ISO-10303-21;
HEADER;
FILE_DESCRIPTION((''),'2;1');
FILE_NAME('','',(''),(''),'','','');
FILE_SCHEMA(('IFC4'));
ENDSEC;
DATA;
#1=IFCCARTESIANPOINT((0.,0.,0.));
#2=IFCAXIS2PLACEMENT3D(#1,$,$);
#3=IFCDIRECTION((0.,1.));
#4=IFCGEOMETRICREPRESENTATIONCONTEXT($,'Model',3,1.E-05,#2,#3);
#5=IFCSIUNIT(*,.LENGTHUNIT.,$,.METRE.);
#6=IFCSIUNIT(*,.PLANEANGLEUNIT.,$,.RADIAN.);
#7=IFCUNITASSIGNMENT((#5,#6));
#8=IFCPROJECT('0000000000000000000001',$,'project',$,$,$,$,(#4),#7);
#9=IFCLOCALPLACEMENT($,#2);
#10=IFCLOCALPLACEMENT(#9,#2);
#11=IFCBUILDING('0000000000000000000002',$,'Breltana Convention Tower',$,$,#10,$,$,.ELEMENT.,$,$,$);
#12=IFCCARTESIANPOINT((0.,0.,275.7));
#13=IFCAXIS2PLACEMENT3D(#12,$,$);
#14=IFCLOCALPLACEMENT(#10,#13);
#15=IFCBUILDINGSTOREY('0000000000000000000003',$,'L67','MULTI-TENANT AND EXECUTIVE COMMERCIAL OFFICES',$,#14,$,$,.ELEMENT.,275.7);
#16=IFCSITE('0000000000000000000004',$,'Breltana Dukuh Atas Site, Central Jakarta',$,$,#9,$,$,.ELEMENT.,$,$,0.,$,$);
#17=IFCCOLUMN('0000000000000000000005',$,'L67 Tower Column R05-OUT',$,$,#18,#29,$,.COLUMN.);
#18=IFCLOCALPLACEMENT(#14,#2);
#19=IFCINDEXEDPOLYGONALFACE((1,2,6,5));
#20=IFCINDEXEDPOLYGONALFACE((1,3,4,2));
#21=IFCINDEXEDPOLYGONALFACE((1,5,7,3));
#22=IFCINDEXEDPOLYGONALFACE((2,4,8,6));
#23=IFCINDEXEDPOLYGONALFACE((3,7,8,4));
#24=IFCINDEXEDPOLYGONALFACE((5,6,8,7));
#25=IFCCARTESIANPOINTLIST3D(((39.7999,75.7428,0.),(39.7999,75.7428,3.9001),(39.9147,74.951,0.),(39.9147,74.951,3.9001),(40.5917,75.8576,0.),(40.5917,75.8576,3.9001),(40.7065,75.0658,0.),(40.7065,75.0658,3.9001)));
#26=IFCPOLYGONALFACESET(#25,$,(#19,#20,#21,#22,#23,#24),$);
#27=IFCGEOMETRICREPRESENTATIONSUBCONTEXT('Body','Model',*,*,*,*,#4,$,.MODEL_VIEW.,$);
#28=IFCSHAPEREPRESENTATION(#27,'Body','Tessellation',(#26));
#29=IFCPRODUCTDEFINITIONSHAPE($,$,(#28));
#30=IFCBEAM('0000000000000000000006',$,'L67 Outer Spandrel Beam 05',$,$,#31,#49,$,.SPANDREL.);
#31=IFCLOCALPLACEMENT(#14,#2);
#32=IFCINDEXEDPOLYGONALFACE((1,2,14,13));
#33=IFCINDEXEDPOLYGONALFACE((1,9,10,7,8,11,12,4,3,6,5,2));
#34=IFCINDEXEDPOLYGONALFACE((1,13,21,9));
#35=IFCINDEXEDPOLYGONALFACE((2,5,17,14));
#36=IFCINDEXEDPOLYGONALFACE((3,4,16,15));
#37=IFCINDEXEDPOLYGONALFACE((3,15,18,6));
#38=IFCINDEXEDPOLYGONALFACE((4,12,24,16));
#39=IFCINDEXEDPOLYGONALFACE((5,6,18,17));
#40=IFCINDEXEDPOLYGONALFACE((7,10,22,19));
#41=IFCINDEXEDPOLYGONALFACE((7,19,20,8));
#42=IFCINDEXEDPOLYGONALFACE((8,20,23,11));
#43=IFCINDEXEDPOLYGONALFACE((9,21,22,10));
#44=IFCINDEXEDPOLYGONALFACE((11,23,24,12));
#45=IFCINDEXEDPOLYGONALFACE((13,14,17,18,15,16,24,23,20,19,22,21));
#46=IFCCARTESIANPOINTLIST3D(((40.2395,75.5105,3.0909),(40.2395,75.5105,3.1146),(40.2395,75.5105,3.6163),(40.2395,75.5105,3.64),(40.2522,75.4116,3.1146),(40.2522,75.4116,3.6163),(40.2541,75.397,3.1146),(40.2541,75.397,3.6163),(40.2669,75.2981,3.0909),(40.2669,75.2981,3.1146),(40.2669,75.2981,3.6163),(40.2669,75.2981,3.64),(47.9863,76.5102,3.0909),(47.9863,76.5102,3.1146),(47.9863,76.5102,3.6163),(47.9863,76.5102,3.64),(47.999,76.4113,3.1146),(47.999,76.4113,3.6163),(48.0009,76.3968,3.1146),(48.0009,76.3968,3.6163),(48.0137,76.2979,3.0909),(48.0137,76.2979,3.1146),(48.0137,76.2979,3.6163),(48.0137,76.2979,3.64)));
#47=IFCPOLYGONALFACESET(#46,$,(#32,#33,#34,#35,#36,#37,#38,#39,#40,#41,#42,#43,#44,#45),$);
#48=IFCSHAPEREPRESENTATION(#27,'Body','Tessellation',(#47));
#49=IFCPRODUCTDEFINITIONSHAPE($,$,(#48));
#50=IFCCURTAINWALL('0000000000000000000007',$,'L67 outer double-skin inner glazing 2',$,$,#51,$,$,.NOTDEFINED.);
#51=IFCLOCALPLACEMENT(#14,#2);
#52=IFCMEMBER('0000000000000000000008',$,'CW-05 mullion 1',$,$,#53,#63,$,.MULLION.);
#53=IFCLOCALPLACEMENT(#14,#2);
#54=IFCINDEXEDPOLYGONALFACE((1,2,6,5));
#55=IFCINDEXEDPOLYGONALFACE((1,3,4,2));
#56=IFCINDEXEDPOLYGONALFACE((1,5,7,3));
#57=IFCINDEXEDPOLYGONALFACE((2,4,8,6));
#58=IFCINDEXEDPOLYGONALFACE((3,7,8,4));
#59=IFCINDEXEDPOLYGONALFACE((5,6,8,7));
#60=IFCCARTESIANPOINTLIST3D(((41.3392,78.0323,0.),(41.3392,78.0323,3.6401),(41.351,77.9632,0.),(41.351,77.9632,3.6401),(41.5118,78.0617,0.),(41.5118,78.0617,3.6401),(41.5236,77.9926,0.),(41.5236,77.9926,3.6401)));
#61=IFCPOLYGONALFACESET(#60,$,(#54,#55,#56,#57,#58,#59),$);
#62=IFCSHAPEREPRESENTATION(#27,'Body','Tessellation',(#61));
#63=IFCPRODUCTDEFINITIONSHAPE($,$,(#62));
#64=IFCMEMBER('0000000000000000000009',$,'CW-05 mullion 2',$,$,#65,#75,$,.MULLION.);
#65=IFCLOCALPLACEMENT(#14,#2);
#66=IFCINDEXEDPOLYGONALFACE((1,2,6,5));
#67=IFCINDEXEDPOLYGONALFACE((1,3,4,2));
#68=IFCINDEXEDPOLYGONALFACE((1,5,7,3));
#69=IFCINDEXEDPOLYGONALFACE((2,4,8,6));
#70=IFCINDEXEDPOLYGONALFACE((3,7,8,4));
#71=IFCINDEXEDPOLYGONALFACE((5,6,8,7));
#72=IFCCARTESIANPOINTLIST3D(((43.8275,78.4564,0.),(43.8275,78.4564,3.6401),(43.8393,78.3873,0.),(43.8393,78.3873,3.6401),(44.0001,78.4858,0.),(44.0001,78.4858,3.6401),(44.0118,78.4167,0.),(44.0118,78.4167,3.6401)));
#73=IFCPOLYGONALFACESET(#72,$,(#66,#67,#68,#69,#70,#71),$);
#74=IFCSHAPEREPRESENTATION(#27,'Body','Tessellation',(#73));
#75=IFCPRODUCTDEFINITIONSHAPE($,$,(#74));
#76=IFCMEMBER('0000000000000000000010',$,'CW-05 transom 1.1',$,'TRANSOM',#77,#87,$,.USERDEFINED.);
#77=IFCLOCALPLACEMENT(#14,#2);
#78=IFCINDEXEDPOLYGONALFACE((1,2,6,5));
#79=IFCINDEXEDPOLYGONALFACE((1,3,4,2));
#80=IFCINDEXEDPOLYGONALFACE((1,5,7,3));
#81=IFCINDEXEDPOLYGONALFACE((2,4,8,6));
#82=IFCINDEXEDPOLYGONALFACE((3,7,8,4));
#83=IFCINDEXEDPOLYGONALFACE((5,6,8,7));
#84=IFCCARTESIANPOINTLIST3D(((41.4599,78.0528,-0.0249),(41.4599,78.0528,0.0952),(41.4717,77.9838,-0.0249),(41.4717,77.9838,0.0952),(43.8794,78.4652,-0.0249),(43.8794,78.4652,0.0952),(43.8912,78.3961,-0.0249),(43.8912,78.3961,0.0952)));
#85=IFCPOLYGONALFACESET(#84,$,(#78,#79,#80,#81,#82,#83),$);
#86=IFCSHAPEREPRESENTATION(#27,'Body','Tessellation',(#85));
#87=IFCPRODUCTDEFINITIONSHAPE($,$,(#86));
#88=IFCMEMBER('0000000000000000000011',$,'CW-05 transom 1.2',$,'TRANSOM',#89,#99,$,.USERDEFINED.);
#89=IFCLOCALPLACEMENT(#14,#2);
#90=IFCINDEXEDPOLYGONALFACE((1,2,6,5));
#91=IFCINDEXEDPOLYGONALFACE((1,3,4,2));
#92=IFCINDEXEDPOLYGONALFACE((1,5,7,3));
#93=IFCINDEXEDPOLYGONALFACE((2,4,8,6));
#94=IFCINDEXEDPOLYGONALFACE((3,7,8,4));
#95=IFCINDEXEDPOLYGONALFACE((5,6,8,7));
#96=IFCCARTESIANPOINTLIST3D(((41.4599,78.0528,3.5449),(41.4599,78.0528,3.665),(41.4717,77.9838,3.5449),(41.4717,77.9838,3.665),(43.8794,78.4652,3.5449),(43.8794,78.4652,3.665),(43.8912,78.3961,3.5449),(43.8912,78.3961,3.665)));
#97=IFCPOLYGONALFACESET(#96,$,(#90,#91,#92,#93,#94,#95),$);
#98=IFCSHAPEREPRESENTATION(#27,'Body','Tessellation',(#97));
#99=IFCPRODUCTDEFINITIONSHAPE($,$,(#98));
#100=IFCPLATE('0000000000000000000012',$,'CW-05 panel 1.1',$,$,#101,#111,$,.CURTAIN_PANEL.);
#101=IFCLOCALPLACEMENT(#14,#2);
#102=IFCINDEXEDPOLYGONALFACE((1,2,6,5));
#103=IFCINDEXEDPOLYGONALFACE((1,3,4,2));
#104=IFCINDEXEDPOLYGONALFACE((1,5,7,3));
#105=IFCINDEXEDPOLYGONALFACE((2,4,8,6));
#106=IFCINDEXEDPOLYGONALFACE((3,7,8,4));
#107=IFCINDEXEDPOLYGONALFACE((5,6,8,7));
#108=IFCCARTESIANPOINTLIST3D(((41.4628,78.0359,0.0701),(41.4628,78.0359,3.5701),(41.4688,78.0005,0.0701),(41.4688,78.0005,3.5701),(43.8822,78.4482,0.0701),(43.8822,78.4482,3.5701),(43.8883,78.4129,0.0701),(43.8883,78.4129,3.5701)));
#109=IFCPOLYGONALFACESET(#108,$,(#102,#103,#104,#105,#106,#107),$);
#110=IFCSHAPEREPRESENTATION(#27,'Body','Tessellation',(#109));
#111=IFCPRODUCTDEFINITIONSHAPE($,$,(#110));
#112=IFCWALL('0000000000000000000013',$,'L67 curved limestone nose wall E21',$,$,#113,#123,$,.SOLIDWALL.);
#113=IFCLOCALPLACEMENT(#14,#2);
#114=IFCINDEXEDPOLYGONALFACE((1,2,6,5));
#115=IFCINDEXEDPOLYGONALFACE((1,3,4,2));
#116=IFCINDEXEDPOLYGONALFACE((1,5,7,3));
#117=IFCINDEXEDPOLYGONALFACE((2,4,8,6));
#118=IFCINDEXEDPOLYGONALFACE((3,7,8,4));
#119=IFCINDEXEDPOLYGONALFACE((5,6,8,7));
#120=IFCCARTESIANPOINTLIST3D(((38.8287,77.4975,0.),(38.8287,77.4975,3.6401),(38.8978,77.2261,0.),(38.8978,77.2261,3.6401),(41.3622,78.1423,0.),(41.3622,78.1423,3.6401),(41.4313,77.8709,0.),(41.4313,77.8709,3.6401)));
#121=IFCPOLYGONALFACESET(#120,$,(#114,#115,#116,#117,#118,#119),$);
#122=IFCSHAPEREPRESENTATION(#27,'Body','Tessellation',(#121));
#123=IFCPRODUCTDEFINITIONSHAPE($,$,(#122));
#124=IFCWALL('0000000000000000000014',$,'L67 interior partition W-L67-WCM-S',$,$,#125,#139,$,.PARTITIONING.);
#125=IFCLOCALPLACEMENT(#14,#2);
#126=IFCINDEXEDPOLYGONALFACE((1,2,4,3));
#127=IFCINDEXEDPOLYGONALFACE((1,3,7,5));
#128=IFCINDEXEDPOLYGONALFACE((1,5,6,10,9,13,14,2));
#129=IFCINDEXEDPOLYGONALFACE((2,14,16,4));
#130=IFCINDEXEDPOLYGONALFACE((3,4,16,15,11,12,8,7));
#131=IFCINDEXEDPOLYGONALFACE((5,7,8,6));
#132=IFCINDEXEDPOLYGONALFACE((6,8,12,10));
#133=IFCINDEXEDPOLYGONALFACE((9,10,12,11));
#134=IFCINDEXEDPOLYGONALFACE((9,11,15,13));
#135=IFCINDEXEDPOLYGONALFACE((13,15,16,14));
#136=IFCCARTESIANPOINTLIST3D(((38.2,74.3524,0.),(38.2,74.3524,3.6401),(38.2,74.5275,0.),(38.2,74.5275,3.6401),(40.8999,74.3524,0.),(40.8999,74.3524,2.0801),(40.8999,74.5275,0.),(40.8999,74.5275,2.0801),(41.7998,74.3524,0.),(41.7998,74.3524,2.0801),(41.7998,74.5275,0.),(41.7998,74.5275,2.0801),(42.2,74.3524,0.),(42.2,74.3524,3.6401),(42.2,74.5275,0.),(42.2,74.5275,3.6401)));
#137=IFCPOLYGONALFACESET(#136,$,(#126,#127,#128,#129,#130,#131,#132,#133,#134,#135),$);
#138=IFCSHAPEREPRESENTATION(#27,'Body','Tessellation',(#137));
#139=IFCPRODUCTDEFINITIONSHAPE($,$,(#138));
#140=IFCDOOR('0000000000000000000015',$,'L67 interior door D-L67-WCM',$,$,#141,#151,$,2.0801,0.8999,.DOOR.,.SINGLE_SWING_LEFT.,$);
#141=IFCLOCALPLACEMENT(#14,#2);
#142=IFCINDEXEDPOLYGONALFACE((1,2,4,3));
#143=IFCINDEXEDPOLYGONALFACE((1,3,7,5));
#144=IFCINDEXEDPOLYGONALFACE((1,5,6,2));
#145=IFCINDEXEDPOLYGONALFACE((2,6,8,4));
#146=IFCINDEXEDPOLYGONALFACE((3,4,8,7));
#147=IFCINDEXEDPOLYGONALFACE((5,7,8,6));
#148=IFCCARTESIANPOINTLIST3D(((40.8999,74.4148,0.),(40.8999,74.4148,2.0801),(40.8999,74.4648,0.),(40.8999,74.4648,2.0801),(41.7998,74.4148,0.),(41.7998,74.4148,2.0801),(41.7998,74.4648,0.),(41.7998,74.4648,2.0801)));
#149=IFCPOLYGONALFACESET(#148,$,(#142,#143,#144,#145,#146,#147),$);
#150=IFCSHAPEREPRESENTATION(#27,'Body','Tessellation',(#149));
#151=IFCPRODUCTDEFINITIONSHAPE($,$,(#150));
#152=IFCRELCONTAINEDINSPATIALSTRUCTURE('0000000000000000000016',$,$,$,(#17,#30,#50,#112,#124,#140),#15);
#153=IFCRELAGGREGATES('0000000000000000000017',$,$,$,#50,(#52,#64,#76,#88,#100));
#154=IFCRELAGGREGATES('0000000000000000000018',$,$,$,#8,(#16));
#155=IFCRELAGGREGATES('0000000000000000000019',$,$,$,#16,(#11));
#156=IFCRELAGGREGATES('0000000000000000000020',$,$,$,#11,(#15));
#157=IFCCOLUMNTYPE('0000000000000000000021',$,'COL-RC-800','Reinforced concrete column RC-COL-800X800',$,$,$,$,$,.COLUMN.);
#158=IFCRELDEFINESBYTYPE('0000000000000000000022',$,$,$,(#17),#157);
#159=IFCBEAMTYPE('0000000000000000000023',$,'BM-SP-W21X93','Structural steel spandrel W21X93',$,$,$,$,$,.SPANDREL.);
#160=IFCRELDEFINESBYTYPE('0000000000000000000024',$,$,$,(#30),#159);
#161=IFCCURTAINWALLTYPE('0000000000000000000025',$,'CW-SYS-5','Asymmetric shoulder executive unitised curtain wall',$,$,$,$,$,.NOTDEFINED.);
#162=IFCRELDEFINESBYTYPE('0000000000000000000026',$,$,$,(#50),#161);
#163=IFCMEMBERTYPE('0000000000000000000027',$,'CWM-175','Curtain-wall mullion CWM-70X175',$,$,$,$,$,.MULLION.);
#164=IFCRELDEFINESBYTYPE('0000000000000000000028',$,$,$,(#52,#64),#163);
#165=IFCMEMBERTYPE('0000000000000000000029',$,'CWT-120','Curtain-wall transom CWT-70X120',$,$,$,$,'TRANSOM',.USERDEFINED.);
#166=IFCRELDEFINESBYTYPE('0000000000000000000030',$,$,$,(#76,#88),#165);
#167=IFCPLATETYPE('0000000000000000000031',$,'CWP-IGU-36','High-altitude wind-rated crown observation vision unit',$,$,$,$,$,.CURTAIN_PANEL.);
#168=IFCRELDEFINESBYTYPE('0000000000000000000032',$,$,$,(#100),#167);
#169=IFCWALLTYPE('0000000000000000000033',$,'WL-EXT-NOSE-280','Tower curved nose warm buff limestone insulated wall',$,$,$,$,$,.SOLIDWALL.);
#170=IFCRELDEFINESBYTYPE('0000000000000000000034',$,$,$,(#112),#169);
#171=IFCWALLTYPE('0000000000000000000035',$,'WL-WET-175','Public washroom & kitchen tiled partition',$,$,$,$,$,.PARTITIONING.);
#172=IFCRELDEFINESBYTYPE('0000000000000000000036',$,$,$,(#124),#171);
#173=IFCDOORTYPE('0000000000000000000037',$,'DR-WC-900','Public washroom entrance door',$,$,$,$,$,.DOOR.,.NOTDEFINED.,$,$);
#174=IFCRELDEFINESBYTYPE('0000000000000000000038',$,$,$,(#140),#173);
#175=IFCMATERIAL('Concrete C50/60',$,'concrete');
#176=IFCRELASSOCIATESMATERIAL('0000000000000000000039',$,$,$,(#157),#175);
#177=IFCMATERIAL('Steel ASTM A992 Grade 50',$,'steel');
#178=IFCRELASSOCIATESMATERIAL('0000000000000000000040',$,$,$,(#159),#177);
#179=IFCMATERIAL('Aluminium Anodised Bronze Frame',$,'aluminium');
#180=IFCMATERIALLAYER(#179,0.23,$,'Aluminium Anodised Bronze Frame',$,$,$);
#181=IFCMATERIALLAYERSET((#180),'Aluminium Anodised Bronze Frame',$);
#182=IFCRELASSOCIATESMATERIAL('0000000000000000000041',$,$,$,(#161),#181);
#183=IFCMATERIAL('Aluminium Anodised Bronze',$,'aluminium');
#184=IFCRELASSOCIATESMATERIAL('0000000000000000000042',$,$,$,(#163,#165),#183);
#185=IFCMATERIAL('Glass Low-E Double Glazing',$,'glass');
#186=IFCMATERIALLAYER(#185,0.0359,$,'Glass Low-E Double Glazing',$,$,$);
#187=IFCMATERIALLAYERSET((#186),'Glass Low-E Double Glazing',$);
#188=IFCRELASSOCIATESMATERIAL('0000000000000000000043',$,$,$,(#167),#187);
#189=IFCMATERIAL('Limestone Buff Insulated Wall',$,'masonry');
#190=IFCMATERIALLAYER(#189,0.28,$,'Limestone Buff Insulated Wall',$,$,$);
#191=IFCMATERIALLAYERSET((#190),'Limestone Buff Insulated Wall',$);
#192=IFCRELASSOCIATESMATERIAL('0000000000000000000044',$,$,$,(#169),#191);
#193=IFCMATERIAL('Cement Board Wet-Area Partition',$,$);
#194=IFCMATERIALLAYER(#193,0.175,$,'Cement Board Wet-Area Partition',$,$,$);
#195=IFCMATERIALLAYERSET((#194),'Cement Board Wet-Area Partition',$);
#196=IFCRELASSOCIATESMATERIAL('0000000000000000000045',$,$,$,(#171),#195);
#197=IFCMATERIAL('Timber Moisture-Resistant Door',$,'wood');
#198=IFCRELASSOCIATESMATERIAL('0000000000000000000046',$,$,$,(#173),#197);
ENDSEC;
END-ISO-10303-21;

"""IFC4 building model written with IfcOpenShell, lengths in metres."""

from ifc_helpers import new_model, si_unit, direction, frame, frame_2d, origin, origin_2d, place, context, subcontext, project, spatial, rectangle, i_section, extrude, source, transform, mapped, material, layer, layer_set, material_profile, profile_set, type_object, type_shapes, element, fill, aggregate, save


model = new_model("IFC4")

# Units and contexts
model_context = context("Model", 3, precision=1e-05, world=origin(), true_north=direction((0.0, 1.0)))
body_context = subcontext(model_context, "Body", "Model", "MODEL_VIEW")
ifc_project = project(units=[si_unit("LENGTHUNIT", "METRE"), si_unit("PLANEANGLEUNIT", "RADIAN")], contexts=[model_context])

# Site, building, storey
site_placement = place(None, origin())
site = spatial("IfcSite", under=ifc_project, at=site_placement, Name="Breltana Dukuh Atas Site, Central Jakarta", CompositionType="ELEMENT", RefElevation=0.0)
building_placement = place(site_placement, origin())
building = spatial("IfcBuilding", under=site, at=building_placement, Name="Breltana Convention Tower", CompositionType="ELEMENT")
storey_placement = place(building_placement, frame((0.0, 0.0, 275.7)))
storey = spatial("IfcBuildingStorey", under=building, at=storey_placement, Name="L67", Description="MULTI-TENANT AND EXECUTIVE COMMERCIAL OFFICES", CompositionType="ELEMENT", Elevation=275.7)

# Column
ifc_material_1 = material(Name="Concrete C50/60", Category="concrete")
ifc_material_profile_1 = material_profile(ifc_material_1, rectangle(XDim=0.8, YDim=0.8, at=origin_2d()), Name="RC-COL-800X800")
ifc_profile_set_1 = profile_set([ifc_material_profile_1], Name="Concrete C50/60")
column_type = type_object("IfcColumnType", Name="COL-RC-800", Description="Reinforced concrete column RC-COL-800X800", PredefinedType="COLUMN", material=ifc_profile_set_1)
shared_shape_1 = source(origin(), body_context, "Body", "SweptSolid", [
    extrude(rectangle(XDim=0.8, YDim=0.8, at=origin_2d()), origin(), (0.0, 0.0, 1.0), 3.9001),
])
column_placement = place(storey_placement, frame((40.2532, 75.4043, 0.0), z_axis=(0.0, 0.0, 1.0), x_axis=(-0.143493, 0.989651, 0.0)))
element("IfcColumn", 1, at=column_placement, inside=storey, type_object=column_type, Name="L67 Tower Column R05-OUT", PredefinedType="COLUMN", context=body_context, shape_type="MappedRepresentation", body=[
    mapped(shared_shape_1, transform((0.0, 0.0, 0.0), scale=1.0)),
])

# Beam
ifc_material_2 = material(Name="Steel ASTM A992 Grade 50", Category="steel")
ifc_material_profile_2 = material_profile(ifc_material_2, i_section(OverallWidth=0.2141, OverallDepth=0.5491, WebThickness=0.0146, FlangeThickness=0.0237, at=origin_2d()), Name="W21X93")
ifc_profile_set_2 = profile_set([ifc_material_profile_2], Name="Steel ASTM A992 Grade 50")
beam_type = type_object("IfcBeamType", Name="BM-SP-W21X93", Description="Structural steel spandrel W21X93", PredefinedType="SPANDREL", material=ifc_profile_set_2)
shared_shape_2 = source(origin(), body_context, "Body", "SweptSolid", [
    extrude(i_section(OverallWidth=0.2141, OverallDepth=0.5491, WebThickness=0.0146, FlangeThickness=0.0237, at=origin_2d()), origin(), (0.0, 0.0, 1.0), 7.811),
])
beam_placement = place(storey_placement, frame((40.2532, 75.4043, 3.3655), z_axis=(0.991775, 0.127992, 0.0), x_axis=(-0.127992, 0.991775, 0.0)))
element("IfcBeam", 2, at=beam_placement, inside=storey, type_object=beam_type, Name="L67 Outer Spandrel Beam 05", PredefinedType="SPANDREL", context=body_context, shape_type="MappedRepresentation", body=[
    mapped(shared_shape_2, transform((0.0, 0.0, 0.0), scale=1.0)),
])

# Curtain wall, members, plate
ifc_material_3 = material(Name="Aluminium Anodised Bronze Frame", Category="aluminium")
ifc_layer_1 = layer(ifc_material_3, 0.23, Name="Aluminium Anodised Bronze Frame")
ifc_layer_set_1 = layer_set([ifc_layer_1], Name="Aluminium Anodised Bronze Frame")
curtain_wall_type = type_object("IfcCurtainWallType", Name="CW-SYS-5", Description="Asymmetric shoulder executive unitised curtain wall", PredefinedType="NOTDEFINED", material=ifc_layer_set_1)
curtain_wall_placement = place(storey_placement, origin())
curtain_wall = element("IfcCurtainWall", 3, at=curtain_wall_placement, inside=storey, type_object=curtain_wall_type, Name="L67 outer double-skin inner glazing 2", PredefinedType="NOTDEFINED")
ifc_material_4 = material(Name="Aluminium Anodised Bronze", Category="aluminium")
ifc_material_profile_3 = material_profile(ifc_material_4, rectangle(XDim=0.0701, YDim=0.175, at=origin_2d()), Name="CWM-70X175")
ifc_profile_set_3 = profile_set([ifc_material_profile_3], Name="Aluminium Anodised Bronze")
member_type_1 = type_object("IfcMemberType", Name="CWM-175", Description="Curtain-wall mullion CWM-70X175", PredefinedType="MULLION", material=ifc_profile_set_3)
shared_shape_3 = source(origin(), body_context, "Body", "SweptSolid", [
    extrude(rectangle(XDim=0.0701, YDim=0.175, at=origin_2d()), origin(), (0.0, 0.0, 1.0), 3.6401),
])
member_1_placement = place(storey_placement, frame((41.4314, 78.0125, 0.0), z_axis=(0.0, 0.0, 1.0), x_axis=(-0.168017, 0.985784, 0.0)))
member_1 = element("IfcMember", 4, at=member_1_placement, type_object=member_type_1, Name="CW-05 mullion 1", PredefinedType="MULLION", context=body_context, shape_type="MappedRepresentation", body=[
    mapped(shared_shape_3, transform((0.0, 0.0, 0.0), scale=1.0)),
])
member_2_placement = place(storey_placement, frame((43.9197, 78.4365, 0.0), z_axis=(0.0, 0.0, 1.0), x_axis=(-0.168017, 0.985784, 0.0)))
member_2 = element("IfcMember", 5, at=member_2_placement, type_object=member_type_1, Name="CW-05 mullion 2", PredefinedType="MULLION", context=body_context, shape_type="MappedRepresentation", body=[
    mapped(shared_shape_3, transform((0.0, 0.0, 0.0), scale=1.0)),
])
ifc_material_profile_4 = material_profile(ifc_material_4, rectangle(XDim=0.0701, YDim=0.1201, at=origin_2d()), Name="CWT-70X120")
ifc_profile_set_4 = profile_set([ifc_material_profile_4], Name="Aluminium Anodised Bronze")
member_type_2 = type_object("IfcMemberType", Name="CWT-120", Description="Curtain-wall transom CWT-70X120", ElementType="TRANSOM", PredefinedType="USERDEFINED", material=ifc_profile_set_4)
shared_shape_4 = source(origin(), body_context, "Body", "SweptSolid", [
    extrude(rectangle(XDim=0.0701, YDim=0.1201, at=origin_2d()), origin(), (0.0, 0.0, 1.0), 2.4543),
])
member_3_placement = place(storey_placement, frame((41.4658, 78.0183, 0.0352), z_axis=(0.985785, 0.168011, 0.0), x_axis=(-0.168011, 0.985785, 0.0)))
member_3 = element("IfcMember", 6, at=member_3_placement, type_object=member_type_2, Name="CW-05 transom 1.1", ObjectType="TRANSOM", PredefinedType="USERDEFINED", context=body_context, shape_type="MappedRepresentation", body=[
    mapped(shared_shape_4, transform((0.0, 0.0, 0.0), scale=1.0)),
])
member_4_placement = place(storey_placement, frame((41.4658, 78.0183, 3.605), z_axis=(0.985785, 0.168011, 0.0), x_axis=(-0.168011, 0.985785, 0.0)))
member_4 = element("IfcMember", 7, at=member_4_placement, type_object=member_type_2, Name="CW-05 transom 1.2", ObjectType="TRANSOM", PredefinedType="USERDEFINED", context=body_context, shape_type="MappedRepresentation", body=[
    mapped(shared_shape_4, transform((0.0, 0.0, 0.0), scale=1.0)),
])
ifc_material_5 = material(Name="Glass Low-E Double Glazing", Category="glass")
ifc_layer_2 = layer(ifc_material_5, 0.0359, Name="Glass Low-E Double Glazing")
ifc_layer_set_2 = layer_set([ifc_layer_2], Name="Glass Low-E Double Glazing")
plate_type = type_object("IfcPlateType", Name="CWP-IGU-36", Description="High-altitude wind-rated crown observation vision unit", PredefinedType="CURTAIN_PANEL", material=ifc_layer_set_2)
shared_shape_5 = source(origin(), body_context, "Body", "SweptSolid", [
    extrude(rectangle(XDim=2.4543, YDim=0.0359, at=origin_2d()), origin(), (0.0, 0.0, 1.0), 3.5),
])
plate_placement = place(storey_placement, frame((42.6755, 78.2244, 0.0701), z_axis=(0.0, 0.0, 1.0), x_axis=(0.985784, 0.168017, 0.0)))
plate = element("IfcPlate", 8, at=plate_placement, type_object=plate_type, Name="CW-05 panel 1.1", PredefinedType="CURTAIN_PANEL", context=body_context, shape_type="MappedRepresentation", body=[
    mapped(shared_shape_5, transform((0.0, 0.0, 0.0), scale=1.0)),
])
aggregate(curtain_wall, [member_1, member_2, member_3, member_4, plate])

# Wall
ifc_material_6 = material(Name="Limestone Buff Insulated Wall", Category="masonry")
ifc_layer_3 = layer(ifc_material_6, 0.28, Name="Limestone Buff Insulated Wall")
ifc_layer_set_3 = layer_set([ifc_layer_3], Name="Limestone Buff Insulated Wall")
wall_type_1 = type_object("IfcWallType", Name="WL-EXT-NOSE-280", Description="Tower curved nose warm buff limestone insulated wall", PredefinedType="SOLIDWALL", material=ifc_layer_set_3)
shared_shape_6 = source(origin(), body_context, "Body", "SweptSolid", [
    extrude(rectangle(XDim=2.6143, YDim=0.28, at=frame_2d((1.3071, 0.0))), origin(), (0.0, 0.0, 1.0), 3.6401),
])
wall_1_placement = place(storey_placement, frame((38.8633, 77.3618, 0.0), z_axis=(0.0, 0.0, 1.0), x_axis=(0.969107, 0.246643, 0.0)))
element("IfcWall", 9, at=wall_1_placement, inside=storey, type_object=wall_type_1, Name="L67 curved limestone nose wall E21", PredefinedType="SOLIDWALL", context=body_context, shape_type="MappedRepresentation", body=[
    mapped(shared_shape_6, transform((0.0, 0.0, 0.0), scale=1.0)),
])

# Wall, opening, door
ifc_material_7 = material(Name="Cement Board Wet-Area Partition")
ifc_layer_4 = layer(ifc_material_7, 0.175, Name="Cement Board Wet-Area Partition")
ifc_layer_set_4 = layer_set([ifc_layer_4], Name="Cement Board Wet-Area Partition")
wall_type_2 = type_object("IfcWallType", Name="WL-WET-175", Description="Public washroom & kitchen tiled partition", PredefinedType="PARTITIONING", material=ifc_layer_set_4)
shared_shape_7 = source(origin(), body_context, "Body", "SweptSolid", [
    extrude(rectangle(XDim=4.0, YDim=0.175, at=frame_2d((2.0, 0.0))), origin(), (0.0, 0.0, 1.0), 3.6401),
])
wall_2_placement = place(storey_placement, frame((38.2, 74.4399, 0.0), z_axis=(0.0, 0.0, 1.0), x_axis=(1.0, 0.0, 0.0)))
wall_2 = element("IfcWall", 10, at=wall_2_placement, inside=storey, type_object=wall_type_2, Name="L67 interior partition W-L67-WCM-S", PredefinedType="PARTITIONING", context=body_context, shape_type="MappedRepresentation", body=[
    mapped(shared_shape_7, transform((0.0, 0.0, 0.0), scale=1.0)),
])
opening_1_placement = place(wall_2_placement, frame((2.7, 0.0, 0.0)))
opening_1 = element("IfcOpeningElement", 11, at=opening_1_placement, cuts=wall_2, PredefinedType="OPENING", context=body_context, shape_type="SweptSolid", body=[
    extrude(rectangle(XDim=0.8999, YDim=2.0801, at=frame_2d((0.45, 1.04))), frame((0.0, 0.0977, 0.0), z_axis=(0.0, -1.0, 0.0), x_axis=(1.0, 0.0, 0.0)), (0.0, 0.0, 1.0), 0.1951),
])
ifc_material_8 = material(Name="Timber Moisture-Resistant Door", Category="wood")
door_type = type_object("IfcDoorType", Name="DR-WC-900", Description="Public washroom entrance door", OperationType="NOTDEFINED", PredefinedType="DOOR", material=ifc_material_8)
shared_shape_8 = source(origin(), body_context, "Body", "SweptSolid", [
    extrude(rectangle(XDim=0.8999, YDim=2.0801, at=frame_2d((0.45, 1.04))), frame((0.0, 0.0249, 0.0), z_axis=(0.0, -1.0, 0.0), x_axis=(1.0, 0.0, 0.0)), (0.0, 0.0, 1.0), 0.05),
])
type_shapes(door_type, [shared_shape_8])
door_1_placement = place(opening_1_placement, origin())
door_1 = element("IfcDoor", 12, at=door_1_placement, inside=storey, type_object=door_type, Name="L67 interior door D-L67-WCM", OperationType="SINGLE_SWING_LEFT", OverallHeight=2.0801, OverallWidth=0.8999, PredefinedType="DOOR", context=body_context, shape_type="MappedRepresentation", body=[
    mapped(shared_shape_8, transform((0.0, 0.0, 0.0), scale=1.0)),
])
fill(opening_1, door_1)

save(model, "model.ifc")
